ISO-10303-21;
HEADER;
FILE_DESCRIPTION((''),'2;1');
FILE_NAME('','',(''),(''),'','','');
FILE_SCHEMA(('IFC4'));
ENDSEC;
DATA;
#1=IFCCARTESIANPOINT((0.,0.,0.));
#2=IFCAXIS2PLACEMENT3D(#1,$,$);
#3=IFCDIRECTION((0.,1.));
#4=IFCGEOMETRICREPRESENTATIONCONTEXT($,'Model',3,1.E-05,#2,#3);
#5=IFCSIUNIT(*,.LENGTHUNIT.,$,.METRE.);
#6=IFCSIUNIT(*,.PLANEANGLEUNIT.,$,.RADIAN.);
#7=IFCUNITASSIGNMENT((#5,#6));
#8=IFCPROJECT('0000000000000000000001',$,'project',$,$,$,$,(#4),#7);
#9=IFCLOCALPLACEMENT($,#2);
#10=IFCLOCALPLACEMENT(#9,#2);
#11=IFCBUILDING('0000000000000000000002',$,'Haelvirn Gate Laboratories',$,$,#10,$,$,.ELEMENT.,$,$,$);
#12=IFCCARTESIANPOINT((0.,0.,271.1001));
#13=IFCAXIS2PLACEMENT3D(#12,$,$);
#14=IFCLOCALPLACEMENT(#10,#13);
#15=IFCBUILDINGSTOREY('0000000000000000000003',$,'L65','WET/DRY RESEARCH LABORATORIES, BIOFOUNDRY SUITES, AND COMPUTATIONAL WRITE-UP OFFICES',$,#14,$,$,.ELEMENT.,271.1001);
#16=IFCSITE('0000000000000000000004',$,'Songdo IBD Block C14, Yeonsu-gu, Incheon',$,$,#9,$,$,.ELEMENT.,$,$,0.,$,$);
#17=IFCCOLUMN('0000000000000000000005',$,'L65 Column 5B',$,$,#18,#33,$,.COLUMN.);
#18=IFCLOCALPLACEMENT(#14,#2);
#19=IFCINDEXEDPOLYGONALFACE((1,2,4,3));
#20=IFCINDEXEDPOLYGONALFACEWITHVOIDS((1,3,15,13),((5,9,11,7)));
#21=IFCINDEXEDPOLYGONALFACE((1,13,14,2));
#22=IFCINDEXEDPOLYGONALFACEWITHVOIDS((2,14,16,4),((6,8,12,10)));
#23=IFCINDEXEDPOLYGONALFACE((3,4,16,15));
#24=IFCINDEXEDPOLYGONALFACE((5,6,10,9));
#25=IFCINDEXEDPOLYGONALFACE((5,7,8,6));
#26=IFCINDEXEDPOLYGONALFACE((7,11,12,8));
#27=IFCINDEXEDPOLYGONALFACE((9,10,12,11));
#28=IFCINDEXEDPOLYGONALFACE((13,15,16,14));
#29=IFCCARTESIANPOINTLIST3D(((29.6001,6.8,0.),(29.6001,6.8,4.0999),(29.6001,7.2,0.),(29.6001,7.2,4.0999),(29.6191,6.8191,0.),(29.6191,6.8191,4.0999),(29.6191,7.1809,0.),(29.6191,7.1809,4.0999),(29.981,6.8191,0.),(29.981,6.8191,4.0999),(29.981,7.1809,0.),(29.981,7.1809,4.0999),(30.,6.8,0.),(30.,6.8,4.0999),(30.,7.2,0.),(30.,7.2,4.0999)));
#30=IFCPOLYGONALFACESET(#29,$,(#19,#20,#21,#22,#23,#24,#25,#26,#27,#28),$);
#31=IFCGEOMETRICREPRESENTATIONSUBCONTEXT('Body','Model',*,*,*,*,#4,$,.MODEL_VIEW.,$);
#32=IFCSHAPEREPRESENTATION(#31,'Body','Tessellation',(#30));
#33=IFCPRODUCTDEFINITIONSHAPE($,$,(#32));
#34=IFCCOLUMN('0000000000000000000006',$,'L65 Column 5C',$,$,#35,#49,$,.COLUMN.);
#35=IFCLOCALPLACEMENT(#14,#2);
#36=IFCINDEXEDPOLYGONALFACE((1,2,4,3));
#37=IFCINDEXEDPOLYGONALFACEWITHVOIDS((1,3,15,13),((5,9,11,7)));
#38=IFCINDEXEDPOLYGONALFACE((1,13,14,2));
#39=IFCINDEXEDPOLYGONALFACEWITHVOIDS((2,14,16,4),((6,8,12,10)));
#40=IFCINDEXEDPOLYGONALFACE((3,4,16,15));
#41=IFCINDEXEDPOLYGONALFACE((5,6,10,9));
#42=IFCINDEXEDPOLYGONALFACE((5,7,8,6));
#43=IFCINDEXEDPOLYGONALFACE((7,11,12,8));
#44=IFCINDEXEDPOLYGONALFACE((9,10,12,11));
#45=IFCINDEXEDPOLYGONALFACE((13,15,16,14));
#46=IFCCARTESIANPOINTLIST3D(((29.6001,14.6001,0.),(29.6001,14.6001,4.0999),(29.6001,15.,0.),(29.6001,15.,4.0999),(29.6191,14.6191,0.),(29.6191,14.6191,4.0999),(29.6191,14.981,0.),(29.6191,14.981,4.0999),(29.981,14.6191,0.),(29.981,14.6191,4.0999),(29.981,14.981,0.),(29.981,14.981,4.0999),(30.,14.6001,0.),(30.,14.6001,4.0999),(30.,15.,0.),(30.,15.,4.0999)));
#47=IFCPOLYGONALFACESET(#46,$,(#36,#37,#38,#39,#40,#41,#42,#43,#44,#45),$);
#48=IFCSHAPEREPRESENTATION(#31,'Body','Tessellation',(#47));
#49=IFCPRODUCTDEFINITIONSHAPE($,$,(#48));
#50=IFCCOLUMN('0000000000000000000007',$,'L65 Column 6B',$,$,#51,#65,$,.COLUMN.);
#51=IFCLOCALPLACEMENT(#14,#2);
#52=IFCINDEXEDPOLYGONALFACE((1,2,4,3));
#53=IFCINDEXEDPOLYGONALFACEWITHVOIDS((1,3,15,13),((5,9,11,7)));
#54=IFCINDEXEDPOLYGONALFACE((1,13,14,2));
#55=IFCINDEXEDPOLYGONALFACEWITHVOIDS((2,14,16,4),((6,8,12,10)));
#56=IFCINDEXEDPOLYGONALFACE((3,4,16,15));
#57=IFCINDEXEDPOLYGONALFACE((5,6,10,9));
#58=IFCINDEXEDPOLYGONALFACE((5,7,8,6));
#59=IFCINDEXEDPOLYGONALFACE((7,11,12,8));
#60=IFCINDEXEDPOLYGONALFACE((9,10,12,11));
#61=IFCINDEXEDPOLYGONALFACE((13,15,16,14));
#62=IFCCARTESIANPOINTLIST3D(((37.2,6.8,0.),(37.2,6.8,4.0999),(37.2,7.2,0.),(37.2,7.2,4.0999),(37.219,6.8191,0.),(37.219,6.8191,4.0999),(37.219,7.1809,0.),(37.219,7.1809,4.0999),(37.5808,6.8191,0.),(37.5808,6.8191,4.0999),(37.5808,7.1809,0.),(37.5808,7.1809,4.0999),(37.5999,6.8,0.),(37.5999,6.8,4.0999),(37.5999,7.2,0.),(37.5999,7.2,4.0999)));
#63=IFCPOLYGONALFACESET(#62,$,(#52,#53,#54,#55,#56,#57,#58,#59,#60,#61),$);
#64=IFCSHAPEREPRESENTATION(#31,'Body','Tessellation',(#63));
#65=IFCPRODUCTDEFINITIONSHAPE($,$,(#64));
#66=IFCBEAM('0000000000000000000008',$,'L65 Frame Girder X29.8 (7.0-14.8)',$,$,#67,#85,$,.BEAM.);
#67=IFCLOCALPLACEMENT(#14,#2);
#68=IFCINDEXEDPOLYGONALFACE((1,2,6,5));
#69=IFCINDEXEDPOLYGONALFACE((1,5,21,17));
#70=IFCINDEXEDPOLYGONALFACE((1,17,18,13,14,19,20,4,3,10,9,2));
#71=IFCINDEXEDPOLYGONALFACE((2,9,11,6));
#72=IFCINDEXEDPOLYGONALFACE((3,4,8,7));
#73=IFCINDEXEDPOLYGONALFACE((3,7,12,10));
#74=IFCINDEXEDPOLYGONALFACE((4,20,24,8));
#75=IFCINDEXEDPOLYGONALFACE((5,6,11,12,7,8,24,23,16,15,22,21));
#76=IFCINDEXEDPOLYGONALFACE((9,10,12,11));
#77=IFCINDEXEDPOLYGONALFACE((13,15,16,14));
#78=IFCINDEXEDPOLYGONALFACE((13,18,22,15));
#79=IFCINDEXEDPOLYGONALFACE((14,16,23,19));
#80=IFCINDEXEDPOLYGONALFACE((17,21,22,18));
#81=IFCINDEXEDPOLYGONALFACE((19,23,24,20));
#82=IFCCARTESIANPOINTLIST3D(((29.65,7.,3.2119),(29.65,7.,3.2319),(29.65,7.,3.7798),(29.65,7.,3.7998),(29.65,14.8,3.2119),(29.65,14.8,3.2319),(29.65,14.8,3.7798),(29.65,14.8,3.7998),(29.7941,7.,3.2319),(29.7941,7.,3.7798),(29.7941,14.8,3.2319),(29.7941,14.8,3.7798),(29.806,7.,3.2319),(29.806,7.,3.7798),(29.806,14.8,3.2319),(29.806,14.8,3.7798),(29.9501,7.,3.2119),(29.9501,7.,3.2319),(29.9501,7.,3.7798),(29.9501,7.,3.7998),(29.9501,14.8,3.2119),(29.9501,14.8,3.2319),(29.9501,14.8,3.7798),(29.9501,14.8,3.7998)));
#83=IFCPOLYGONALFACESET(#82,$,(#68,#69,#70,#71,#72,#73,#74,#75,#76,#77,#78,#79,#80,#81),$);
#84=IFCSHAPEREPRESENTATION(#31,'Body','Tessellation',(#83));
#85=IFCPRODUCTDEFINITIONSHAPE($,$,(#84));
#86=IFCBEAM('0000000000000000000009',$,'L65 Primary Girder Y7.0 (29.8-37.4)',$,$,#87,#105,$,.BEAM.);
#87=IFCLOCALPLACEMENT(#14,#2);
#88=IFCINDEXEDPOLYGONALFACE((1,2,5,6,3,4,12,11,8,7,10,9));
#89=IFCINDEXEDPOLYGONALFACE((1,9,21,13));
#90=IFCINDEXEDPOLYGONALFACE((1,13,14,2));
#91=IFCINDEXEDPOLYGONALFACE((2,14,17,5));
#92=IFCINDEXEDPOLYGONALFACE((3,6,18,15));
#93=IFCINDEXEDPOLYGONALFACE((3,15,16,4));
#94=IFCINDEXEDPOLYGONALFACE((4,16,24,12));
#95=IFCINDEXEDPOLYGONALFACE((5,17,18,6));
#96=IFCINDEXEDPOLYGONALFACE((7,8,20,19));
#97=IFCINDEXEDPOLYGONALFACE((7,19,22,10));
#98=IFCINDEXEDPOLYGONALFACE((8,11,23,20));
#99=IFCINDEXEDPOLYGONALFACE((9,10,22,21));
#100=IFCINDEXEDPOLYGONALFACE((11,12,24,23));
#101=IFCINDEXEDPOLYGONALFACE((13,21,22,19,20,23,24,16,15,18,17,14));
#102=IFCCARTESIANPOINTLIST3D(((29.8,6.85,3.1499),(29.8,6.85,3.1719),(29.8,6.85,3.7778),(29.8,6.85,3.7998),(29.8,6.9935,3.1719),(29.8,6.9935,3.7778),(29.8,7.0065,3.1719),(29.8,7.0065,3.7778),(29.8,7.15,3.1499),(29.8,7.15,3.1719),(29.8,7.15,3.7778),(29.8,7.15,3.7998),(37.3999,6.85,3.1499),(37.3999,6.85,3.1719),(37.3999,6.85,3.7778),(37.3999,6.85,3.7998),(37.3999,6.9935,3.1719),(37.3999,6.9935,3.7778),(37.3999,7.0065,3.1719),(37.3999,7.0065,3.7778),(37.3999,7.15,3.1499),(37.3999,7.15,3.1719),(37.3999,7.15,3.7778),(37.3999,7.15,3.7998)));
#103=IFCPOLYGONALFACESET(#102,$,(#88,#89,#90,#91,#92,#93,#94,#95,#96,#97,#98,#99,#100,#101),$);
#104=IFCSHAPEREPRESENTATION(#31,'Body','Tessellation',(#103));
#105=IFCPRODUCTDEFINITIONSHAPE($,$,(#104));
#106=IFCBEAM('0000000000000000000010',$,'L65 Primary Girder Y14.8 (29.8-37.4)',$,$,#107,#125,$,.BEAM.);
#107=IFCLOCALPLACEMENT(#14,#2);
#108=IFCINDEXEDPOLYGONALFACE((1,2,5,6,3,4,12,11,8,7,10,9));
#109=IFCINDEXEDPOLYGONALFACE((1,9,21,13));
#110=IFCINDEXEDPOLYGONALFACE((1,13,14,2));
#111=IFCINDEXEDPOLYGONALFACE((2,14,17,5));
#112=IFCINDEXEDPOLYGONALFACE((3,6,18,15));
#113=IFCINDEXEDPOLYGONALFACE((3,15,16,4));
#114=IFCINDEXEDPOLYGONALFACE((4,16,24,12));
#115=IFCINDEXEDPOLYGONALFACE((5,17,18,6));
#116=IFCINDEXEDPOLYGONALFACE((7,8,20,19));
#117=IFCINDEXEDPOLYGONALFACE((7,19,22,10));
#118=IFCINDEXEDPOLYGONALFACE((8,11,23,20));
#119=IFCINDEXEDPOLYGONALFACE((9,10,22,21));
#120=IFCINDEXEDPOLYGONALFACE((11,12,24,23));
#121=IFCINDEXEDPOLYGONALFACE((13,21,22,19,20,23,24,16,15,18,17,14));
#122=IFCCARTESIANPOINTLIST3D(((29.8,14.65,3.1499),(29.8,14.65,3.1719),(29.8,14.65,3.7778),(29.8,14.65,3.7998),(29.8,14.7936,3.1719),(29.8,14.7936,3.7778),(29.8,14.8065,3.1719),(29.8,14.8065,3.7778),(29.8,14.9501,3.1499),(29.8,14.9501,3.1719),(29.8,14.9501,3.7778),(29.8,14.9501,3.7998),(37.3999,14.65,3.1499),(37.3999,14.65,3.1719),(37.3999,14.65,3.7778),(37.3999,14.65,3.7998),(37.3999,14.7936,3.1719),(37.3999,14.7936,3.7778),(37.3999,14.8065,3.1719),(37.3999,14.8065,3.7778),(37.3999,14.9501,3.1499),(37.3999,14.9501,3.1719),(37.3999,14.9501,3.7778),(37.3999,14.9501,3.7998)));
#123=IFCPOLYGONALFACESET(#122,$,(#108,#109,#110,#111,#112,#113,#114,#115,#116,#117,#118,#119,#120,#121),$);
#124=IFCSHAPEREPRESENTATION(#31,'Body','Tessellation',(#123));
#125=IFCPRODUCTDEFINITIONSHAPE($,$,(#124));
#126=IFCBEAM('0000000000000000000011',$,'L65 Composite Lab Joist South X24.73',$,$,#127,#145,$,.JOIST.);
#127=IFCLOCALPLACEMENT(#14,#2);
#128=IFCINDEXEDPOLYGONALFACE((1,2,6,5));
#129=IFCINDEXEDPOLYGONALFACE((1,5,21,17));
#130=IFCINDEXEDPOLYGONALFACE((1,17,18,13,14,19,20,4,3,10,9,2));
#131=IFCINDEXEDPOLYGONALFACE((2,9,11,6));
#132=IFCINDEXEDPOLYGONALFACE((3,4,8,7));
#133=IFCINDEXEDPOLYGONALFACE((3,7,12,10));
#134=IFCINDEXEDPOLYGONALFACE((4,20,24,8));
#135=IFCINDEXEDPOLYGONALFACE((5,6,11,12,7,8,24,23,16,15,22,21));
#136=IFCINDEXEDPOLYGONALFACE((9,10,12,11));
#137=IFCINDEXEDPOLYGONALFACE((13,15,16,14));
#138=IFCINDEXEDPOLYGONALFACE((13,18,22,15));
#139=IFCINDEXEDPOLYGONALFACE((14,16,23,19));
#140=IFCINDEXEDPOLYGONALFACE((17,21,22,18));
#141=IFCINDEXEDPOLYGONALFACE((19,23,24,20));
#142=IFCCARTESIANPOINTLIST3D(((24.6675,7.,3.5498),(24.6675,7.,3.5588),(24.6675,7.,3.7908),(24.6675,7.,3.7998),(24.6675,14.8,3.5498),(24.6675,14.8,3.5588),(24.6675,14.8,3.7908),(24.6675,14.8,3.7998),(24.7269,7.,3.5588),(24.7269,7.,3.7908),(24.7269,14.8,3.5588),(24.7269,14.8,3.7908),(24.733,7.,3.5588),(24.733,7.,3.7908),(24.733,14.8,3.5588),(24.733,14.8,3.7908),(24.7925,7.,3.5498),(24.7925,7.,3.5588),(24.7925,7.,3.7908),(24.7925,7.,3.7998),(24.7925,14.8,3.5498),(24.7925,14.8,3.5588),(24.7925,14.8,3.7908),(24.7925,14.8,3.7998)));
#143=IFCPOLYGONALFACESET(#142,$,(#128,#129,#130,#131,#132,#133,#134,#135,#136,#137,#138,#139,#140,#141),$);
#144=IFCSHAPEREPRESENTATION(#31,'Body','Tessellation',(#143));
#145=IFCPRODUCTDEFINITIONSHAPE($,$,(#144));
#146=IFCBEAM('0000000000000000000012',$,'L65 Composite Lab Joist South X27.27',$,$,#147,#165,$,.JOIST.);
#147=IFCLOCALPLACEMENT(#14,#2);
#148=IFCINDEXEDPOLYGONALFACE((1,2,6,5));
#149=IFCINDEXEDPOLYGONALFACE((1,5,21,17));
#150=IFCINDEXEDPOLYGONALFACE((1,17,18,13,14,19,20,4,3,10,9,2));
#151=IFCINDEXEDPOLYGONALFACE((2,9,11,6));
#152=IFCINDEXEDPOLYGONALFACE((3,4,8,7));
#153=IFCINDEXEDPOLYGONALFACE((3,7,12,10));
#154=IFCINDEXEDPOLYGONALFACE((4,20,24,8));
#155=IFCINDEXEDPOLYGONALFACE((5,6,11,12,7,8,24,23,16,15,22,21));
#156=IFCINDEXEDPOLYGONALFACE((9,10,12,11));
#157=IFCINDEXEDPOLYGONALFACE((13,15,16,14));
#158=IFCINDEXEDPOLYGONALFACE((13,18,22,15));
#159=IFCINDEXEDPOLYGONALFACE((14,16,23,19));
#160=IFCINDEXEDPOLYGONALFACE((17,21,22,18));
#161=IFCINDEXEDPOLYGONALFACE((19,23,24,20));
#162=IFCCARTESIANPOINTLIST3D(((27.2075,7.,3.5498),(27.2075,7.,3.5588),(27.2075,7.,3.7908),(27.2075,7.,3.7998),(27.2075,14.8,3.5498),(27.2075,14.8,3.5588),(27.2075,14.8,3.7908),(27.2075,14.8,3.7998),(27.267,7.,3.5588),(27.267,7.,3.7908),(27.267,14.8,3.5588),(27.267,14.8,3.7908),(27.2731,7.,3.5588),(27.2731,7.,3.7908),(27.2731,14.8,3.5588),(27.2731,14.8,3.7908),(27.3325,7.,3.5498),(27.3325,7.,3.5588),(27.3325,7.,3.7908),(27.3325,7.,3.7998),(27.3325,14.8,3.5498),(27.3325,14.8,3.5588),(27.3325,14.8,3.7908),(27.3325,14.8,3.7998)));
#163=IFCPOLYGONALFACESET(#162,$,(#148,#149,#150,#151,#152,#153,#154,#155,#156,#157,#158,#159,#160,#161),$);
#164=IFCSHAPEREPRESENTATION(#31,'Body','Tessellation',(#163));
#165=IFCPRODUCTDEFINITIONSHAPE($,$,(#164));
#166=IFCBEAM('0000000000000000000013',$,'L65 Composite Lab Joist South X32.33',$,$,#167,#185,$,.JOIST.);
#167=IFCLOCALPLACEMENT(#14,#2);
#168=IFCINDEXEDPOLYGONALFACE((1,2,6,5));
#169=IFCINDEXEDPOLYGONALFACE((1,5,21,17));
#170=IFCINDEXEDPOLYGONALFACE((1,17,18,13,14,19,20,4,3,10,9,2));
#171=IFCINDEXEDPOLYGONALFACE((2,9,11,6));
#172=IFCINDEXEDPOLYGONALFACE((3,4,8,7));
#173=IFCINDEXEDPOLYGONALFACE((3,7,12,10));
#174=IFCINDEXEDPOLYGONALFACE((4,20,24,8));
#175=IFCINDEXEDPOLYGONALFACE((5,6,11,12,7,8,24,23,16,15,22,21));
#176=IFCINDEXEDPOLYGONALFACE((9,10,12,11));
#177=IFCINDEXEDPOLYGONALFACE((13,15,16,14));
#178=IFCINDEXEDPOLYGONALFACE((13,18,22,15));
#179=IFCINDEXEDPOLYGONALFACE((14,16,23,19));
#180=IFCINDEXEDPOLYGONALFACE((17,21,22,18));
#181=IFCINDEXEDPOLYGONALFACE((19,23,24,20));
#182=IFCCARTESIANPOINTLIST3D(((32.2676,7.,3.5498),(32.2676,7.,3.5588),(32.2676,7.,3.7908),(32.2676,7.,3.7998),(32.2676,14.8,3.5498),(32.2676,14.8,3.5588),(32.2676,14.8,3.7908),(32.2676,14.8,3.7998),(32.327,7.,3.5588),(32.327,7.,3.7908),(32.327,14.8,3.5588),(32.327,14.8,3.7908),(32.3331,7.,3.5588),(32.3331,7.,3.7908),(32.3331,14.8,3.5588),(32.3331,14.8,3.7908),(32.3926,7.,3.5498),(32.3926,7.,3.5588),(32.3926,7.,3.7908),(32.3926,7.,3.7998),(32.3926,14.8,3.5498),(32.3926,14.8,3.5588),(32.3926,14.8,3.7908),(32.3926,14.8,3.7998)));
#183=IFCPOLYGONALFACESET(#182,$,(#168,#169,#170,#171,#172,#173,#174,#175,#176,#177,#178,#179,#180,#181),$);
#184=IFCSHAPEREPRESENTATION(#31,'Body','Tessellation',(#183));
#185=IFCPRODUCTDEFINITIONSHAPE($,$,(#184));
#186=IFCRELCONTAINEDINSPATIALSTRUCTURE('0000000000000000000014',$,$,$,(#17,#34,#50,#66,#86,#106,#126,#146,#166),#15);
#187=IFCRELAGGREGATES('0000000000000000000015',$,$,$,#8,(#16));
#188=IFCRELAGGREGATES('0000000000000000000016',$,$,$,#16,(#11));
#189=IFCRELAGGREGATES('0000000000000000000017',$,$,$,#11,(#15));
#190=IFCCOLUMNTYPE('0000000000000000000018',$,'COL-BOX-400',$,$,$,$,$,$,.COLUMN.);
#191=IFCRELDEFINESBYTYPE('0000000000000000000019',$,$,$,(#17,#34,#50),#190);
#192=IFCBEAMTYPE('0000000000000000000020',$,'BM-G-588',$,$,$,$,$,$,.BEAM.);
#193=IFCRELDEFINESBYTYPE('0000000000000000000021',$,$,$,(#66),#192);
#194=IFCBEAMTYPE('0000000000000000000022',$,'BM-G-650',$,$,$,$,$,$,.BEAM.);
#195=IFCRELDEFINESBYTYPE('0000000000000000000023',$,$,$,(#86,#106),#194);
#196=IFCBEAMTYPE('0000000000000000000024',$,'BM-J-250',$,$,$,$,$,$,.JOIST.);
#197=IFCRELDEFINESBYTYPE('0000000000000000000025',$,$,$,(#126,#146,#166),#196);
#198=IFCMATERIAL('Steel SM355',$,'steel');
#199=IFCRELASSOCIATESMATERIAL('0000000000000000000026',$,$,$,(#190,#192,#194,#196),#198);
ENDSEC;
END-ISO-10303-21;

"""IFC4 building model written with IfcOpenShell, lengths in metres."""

from ifc_helpers import new_model, si_unit, direction, frame, origin, origin_2d, place, context, subcontext, project, spatial, hollow_rectangle, i_section, extrude, source, transform, mapped, material, material_profile, profile_set, type_object, type_shapes, element, save


model = new_model("IFC4")

# Units and contexts
model_context = context("Model", 3, precision=1e-05, world=origin(), true_north=direction((0.0, 1.0)))
body_context = subcontext(model_context, "Body", "Model", "MODEL_VIEW")
ifc_project = project(units=[si_unit("LENGTHUNIT", "METRE"), si_unit("PLANEANGLEUNIT", "RADIAN")], contexts=[model_context])

# Site, building, storey
site_placement = place(None, origin())
site = spatial("IfcSite", under=ifc_project, at=site_placement, Name="Songdo IBD Block C14, Yeonsu-gu, Incheon", CompositionType="ELEMENT", RefElevation=0.0)
building_placement = place(site_placement, origin())
building = spatial("IfcBuilding", under=site, at=building_placement, Name="Haelvirn Gate Laboratories", CompositionType="ELEMENT")
storey_placement = place(building_placement, frame((0.0, 0.0, 271.1001)))
storey = spatial("IfcBuildingStorey", under=building, at=storey_placement, Name="L65", Description="WET/DRY RESEARCH LABORATORIES, BIOFOUNDRY SUITES, AND COMPUTATIONAL WRITE-UP OFFICES", CompositionType="ELEMENT", Elevation=271.1001)

# Columns
ifc_material_1 = material(Name="Steel SM355", Category="steel")
ifc_material_profile_1 = material_profile(ifc_material_1, hollow_rectangle(XDim=0.3999, YDim=0.3999, WallThickness=0.019, at=origin_2d()), Name="BOX-400x400x19")
ifc_profile_set_1 = profile_set([ifc_material_profile_1], Name="Steel SM355")
column_type = type_object("IfcColumnType", Name="COL-BOX-400", PredefinedType="COLUMN", material=ifc_profile_set_1)
shared_shape_1 = source(origin(), body_context, "Body", "SweptSolid", [
    extrude(hollow_rectangle(XDim=0.3999, YDim=0.3999, WallThickness=0.019, at=origin_2d()), origin(), (0.0, 0.0, 1.0), 4.0999),
])
type_shapes(column_type, [shared_shape_1])
for number, where, z_axis, x_axis, name in (
    (1, (29.8, 7.0, 0.0), (0.0, 0.0, 1.0), (1.0, 0.0, 0.0), "L65 Column 5B"),
    (2, (29.8, 14.8, 0.0), (0.0, 0.0, 1.0), (1.0, 0.0, 0.0), "L65 Column 5C"),
    (3, (37.3999, 7.0, 0.0), (0.0, 0.0, 1.0), (1.0, 0.0, 0.0), "L65 Column 6B"),
):
    element("IfcColumn", number, at=place(storey_placement, frame(where, z_axis=z_axis, x_axis=x_axis)), inside=storey, type_object=column_type, Name=name, PredefinedType="COLUMN", context=body_context, shape_type="MappedRepresentation", body=[
        mapped(shared_shape_1, transform((0.0, 0.0, 0.0), scale=1.0)),
    ])

# Beams
ifc_material_profile_2 = material_profile(ifc_material_1, i_section(OverallWidth=0.3, OverallDepth=0.5879, WebThickness=0.012, FlangeThickness=0.02, at=origin_2d()), Name="H-588x300x12x20")
ifc_profile_set_2 = profile_set([ifc_material_profile_2], Name="Steel SM355")
beam_type_1 = type_object("IfcBeamType", Name="BM-G-588", PredefinedType="BEAM", material=ifc_profile_set_2)
shared_shape_2 = source(origin(), body_context, "Body", "SweptSolid", [
    extrude(i_section(OverallWidth=0.3, OverallDepth=0.5879, WebThickness=0.012, FlangeThickness=0.02, at=origin_2d()), origin(), (0.0, 0.0, 1.0), 7.8),
])
type_shapes(beam_type_1, [shared_shape_2])
beam_placement = place(storey_placement, frame((29.8, 7.0, 3.5059), z_axis=(0.0, 1.0, 0.0), x_axis=(-1.0, 0.0, 0.0)))
element("IfcBeam", 4, at=beam_placement, inside=storey, type_object=beam_type_1, Name="L65 Frame Girder X29.8 (7.0-14.8)", PredefinedType="BEAM", context=body_context, shape_type="MappedRepresentation", body=[
    mapped(shared_shape_2, transform((0.0, 0.0, 0.0), scale=1.0)),
])
ifc_material_profile_3 = material_profile(ifc_material_1, i_section(OverallWidth=0.3, OverallDepth=0.6499, WebThickness=0.0129, FlangeThickness=0.022, at=origin_2d()), Name="H-650x300x13x22")
ifc_profile_set_3 = profile_set([ifc_material_profile_3], Name="Steel SM355")
beam_type_2 = type_object("IfcBeamType", Name="BM-G-650", PredefinedType="BEAM", material=ifc_profile_set_3)
shared_shape_3 = source(origin(), body_context, "Body", "SweptSolid", [
    extrude(i_section(OverallWidth=0.3, OverallDepth=0.6499, WebThickness=0.0129, FlangeThickness=0.022, at=origin_2d()), origin(), (0.0, 0.0, 1.0), 7.5999),
])
type_shapes(beam_type_2, [shared_shape_3])
for number, where, z_axis, x_axis, name in (
    (5, (29.8, 7.0, 3.4749), (1.0, 0.0, 0.0), (0.0, 1.0, 0.0), "L65 Primary Girder Y7.0 (29.8-37.4)"),
    (6, (29.8, 14.8, 3.4749), (1.0, 0.0, 0.0), (0.0, 1.0, 0.0), "L65 Primary Girder Y14.8 (29.8-37.4)"),
):
    element("IfcBeam", number, at=place(storey_placement, frame(where, z_axis=z_axis, x_axis=x_axis)), inside=storey, type_object=beam_type_2, Name=name, PredefinedType="BEAM", context=body_context, shape_type="MappedRepresentation", body=[
        mapped(shared_shape_3, transform((0.0, 0.0, 0.0), scale=1.0)),
    ])
ifc_material_profile_4 = material_profile(ifc_material_1, i_section(OverallWidth=0.125, OverallDepth=0.25, WebThickness=0.0061, FlangeThickness=0.009, at=origin_2d()), Name="H-250x125x6x9")
ifc_profile_set_4 = profile_set([ifc_material_profile_4], Name="Steel SM355")
beam_type_3 = type_object("IfcBeamType", Name="BM-J-250", PredefinedType="JOIST", material=ifc_profile_set_4)
shared_shape_4 = source(origin(), body_context, "Body", "SweptSolid", [
    extrude(i_section(OverallWidth=0.125, OverallDepth=0.25, WebThickness=0.0061, FlangeThickness=0.009, at=origin_2d()), origin(), (0.0, 0.0, 1.0), 7.8),
])
type_shapes(beam_type_3, [shared_shape_4])
for number, where, z_axis, x_axis, name in (
    (7, (24.73, 7.0, 3.6748), (0.0, 1.0, 0.0), (-1.0, 0.0, 0.0), "L65 Composite Lab Joist South X24.73"),
    (8, (27.27, 7.0, 3.6748), (0.0, 1.0, 0.0), (-1.0, 0.0, 0.0), "L65 Composite Lab Joist South X27.27"),
    (9, (32.3301, 7.0, 3.6748), (0.0, 1.0, 0.0), (-1.0, 0.0, 0.0), "L65 Composite Lab Joist South X32.33"),
):
    element("IfcBeam", number, at=place(storey_placement, frame(where, z_axis=z_axis, x_axis=x_axis)), inside=storey, type_object=beam_type_3, Name=name, PredefinedType="JOIST", context=body_context, shape_type="MappedRepresentation", body=[
        mapped(shared_shape_4, transform((0.0, 0.0, 0.0), scale=1.0)),
    ])

save(model, "model.ifc")
